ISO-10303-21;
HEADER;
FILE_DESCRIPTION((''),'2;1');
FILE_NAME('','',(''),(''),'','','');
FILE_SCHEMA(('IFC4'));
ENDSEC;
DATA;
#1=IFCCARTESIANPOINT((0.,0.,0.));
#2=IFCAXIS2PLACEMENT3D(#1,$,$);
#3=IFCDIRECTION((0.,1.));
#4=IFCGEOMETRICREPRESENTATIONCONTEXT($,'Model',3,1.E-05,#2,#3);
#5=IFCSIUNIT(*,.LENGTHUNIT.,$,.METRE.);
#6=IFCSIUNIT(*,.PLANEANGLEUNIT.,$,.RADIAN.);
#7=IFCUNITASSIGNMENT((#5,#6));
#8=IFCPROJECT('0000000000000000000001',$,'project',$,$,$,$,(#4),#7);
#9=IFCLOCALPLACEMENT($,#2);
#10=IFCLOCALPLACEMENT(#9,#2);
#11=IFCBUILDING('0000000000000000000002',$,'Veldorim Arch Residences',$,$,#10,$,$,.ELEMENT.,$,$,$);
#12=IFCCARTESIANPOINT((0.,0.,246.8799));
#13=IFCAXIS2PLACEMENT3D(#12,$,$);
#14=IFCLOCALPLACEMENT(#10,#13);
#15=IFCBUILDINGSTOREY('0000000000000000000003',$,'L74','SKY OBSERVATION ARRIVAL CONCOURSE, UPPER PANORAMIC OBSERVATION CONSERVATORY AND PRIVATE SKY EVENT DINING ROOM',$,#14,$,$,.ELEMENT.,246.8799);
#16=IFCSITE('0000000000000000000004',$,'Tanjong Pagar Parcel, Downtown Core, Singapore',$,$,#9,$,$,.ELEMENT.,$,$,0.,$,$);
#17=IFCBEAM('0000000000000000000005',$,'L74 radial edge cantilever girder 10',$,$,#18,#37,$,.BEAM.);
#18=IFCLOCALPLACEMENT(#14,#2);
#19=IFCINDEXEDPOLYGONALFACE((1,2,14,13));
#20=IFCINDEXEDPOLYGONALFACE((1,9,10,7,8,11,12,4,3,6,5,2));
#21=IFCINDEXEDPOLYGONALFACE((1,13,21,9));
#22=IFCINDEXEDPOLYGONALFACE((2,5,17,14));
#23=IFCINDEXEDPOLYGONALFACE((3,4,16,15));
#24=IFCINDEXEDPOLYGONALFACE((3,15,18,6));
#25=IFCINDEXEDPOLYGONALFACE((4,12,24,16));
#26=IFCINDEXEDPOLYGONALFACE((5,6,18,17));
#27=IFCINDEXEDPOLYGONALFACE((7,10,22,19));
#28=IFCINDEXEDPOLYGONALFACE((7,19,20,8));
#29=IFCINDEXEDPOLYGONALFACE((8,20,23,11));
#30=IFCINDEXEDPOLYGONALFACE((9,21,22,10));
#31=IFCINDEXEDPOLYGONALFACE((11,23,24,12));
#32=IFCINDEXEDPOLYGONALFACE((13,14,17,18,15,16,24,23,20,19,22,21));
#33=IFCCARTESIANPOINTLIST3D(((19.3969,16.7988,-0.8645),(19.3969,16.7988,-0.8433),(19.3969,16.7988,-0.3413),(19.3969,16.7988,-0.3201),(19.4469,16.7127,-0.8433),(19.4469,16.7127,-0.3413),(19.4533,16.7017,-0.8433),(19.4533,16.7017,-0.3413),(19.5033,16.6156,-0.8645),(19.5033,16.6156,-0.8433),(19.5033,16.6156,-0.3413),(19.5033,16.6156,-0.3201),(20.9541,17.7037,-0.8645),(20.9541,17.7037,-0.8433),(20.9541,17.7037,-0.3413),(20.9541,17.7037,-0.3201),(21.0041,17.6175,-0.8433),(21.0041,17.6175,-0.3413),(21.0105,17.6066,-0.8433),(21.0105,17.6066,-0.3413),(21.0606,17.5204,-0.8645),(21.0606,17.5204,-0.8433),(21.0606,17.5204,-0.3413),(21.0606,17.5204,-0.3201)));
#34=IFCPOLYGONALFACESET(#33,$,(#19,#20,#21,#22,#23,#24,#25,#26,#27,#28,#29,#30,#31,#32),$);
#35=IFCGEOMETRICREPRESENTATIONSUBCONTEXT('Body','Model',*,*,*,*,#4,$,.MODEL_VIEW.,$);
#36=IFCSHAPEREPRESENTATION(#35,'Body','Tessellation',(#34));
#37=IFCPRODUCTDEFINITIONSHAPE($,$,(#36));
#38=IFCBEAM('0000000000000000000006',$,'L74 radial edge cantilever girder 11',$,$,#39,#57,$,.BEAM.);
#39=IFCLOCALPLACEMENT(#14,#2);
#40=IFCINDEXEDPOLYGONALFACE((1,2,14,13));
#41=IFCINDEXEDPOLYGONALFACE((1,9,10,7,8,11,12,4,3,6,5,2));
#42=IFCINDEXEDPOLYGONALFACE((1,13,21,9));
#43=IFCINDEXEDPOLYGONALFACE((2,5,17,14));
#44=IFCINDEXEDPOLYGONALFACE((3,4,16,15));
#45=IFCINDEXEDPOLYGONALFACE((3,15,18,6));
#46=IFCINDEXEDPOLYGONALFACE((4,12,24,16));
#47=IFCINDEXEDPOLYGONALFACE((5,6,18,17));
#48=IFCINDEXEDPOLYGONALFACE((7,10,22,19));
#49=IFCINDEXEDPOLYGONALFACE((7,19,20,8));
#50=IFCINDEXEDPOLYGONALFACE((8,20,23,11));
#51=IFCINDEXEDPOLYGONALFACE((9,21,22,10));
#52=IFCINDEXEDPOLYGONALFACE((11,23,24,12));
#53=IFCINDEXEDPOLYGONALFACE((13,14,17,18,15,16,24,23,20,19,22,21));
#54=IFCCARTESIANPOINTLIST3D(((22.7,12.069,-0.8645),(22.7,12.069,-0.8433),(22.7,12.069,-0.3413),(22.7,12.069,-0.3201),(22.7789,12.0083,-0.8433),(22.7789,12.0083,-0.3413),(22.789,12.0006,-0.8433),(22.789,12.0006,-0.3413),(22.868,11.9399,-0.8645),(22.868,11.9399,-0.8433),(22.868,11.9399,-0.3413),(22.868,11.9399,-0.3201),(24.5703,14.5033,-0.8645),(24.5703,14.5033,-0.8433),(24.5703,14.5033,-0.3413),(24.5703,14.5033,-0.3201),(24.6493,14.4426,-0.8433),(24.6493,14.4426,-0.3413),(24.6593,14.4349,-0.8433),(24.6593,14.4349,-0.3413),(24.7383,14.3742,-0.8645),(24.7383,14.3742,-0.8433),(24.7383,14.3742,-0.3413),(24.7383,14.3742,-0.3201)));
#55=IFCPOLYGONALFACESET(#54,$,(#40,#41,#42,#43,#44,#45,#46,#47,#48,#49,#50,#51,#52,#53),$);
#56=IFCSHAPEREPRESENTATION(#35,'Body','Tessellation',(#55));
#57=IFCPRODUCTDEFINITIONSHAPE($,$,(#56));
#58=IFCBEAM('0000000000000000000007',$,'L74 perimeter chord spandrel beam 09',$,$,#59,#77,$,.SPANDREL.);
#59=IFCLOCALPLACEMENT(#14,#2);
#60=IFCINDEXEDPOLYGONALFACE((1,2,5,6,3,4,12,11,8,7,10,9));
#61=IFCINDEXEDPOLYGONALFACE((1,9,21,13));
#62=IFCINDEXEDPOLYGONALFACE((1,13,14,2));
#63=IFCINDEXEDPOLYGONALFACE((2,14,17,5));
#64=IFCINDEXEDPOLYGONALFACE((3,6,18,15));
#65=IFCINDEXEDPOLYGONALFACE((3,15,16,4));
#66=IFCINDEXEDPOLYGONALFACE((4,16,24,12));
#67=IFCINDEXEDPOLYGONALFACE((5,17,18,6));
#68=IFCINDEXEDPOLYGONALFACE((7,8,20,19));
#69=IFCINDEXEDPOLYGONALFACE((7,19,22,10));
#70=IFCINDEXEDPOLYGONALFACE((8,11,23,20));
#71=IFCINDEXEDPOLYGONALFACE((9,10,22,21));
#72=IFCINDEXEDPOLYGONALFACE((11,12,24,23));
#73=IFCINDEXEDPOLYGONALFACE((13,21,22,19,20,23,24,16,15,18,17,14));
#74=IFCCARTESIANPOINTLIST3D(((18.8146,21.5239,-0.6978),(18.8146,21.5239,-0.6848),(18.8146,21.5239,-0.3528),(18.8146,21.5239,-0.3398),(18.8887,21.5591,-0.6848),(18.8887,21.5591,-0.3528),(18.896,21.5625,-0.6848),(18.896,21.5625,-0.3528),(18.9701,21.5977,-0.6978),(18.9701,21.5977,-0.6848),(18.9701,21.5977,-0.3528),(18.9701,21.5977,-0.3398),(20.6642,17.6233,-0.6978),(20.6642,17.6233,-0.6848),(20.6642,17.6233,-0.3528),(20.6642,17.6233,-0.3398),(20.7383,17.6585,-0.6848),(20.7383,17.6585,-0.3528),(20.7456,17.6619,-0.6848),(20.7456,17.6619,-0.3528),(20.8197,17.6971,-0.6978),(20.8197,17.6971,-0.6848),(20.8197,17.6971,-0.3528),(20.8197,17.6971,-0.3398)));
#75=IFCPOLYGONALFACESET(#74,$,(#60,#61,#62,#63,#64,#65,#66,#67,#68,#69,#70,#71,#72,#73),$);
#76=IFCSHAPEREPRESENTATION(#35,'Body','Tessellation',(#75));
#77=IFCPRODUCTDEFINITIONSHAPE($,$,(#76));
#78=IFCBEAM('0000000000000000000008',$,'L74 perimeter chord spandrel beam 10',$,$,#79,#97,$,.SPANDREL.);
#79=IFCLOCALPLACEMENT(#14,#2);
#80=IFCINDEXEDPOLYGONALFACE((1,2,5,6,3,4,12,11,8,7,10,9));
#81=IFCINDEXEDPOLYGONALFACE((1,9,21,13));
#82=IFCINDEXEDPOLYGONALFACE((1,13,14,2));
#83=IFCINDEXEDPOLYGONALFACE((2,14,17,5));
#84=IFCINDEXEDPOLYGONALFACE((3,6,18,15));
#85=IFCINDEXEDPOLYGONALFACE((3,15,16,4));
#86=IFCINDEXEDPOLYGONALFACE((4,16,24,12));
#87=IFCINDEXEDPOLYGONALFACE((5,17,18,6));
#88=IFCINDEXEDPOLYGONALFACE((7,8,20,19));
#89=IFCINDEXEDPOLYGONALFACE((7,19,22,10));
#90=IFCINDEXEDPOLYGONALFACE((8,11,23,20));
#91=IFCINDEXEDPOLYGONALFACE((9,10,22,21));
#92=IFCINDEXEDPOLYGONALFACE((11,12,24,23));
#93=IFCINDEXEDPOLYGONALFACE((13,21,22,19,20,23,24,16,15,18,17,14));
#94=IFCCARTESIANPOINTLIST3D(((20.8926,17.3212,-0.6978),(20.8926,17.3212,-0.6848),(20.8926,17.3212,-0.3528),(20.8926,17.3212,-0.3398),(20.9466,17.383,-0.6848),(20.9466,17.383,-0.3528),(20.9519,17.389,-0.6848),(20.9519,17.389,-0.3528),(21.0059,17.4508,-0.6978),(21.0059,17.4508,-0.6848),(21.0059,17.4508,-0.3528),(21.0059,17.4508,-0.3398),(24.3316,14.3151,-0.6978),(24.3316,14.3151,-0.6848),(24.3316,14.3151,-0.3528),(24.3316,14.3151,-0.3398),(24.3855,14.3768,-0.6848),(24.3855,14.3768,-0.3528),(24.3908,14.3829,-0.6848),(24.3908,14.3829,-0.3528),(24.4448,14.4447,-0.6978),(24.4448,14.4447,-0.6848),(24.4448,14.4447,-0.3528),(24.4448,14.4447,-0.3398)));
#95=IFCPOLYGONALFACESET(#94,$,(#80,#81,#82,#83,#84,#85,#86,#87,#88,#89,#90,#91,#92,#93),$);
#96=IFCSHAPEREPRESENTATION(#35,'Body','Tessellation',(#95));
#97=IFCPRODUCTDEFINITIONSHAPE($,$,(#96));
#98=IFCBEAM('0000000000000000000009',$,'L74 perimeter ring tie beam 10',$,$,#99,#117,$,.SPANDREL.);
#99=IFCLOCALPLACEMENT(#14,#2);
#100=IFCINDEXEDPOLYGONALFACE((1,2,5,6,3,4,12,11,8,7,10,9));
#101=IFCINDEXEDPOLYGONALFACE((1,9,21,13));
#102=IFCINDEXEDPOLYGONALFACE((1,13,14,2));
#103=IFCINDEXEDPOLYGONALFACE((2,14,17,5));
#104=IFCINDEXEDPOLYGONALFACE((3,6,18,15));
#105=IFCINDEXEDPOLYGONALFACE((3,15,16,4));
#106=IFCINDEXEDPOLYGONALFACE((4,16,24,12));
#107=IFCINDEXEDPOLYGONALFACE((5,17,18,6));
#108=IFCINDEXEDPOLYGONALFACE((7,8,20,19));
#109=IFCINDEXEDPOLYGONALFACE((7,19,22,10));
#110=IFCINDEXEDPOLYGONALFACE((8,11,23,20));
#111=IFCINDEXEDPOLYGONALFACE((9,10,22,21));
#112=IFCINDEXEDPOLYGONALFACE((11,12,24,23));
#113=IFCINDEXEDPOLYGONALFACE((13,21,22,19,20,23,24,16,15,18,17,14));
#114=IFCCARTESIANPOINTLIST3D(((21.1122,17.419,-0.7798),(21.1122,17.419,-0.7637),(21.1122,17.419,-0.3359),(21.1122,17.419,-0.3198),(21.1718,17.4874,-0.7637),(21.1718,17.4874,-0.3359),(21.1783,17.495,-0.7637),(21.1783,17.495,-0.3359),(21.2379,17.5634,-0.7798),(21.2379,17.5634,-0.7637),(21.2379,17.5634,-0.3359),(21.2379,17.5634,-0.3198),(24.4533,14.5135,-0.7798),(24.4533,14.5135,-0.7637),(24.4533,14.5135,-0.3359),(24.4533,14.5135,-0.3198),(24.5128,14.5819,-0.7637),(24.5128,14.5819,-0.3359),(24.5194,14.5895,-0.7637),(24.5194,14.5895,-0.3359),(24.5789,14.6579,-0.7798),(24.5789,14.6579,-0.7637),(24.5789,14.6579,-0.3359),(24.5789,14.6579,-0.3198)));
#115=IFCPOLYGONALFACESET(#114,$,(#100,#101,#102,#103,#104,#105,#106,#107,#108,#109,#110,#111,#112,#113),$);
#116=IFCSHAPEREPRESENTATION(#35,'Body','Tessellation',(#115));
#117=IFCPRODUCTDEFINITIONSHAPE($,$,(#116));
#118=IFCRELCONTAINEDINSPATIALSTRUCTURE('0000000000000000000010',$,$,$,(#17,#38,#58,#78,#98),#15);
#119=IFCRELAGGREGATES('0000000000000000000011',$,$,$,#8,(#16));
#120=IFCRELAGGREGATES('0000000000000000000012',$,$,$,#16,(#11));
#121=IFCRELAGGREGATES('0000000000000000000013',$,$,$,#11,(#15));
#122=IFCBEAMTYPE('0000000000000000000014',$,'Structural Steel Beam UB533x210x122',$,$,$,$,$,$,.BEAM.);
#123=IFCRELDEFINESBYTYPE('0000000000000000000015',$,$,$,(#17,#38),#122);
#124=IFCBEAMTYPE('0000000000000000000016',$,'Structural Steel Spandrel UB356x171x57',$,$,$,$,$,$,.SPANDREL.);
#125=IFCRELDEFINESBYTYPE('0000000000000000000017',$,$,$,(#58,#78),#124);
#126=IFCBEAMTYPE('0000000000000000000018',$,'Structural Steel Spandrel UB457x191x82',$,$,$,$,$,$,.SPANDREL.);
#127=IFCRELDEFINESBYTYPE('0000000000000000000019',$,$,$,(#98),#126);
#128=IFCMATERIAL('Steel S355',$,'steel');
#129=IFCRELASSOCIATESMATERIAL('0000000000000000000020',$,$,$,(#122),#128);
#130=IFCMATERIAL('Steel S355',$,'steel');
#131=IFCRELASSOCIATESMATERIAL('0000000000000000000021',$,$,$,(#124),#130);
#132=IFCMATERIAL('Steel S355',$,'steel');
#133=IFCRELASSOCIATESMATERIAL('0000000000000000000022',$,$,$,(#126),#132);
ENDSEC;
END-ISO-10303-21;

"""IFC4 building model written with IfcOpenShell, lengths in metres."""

from ifc_helpers import new_model, si_unit, direction, frame, origin, origin_2d, place, context, subcontext, project, spatial, i_section, extrude, material, material_profile, profile_set, type_object, element, save


model = new_model("IFC4")

# Units and contexts
model_context = context("Model", 3, precision=1e-05, world=origin(), true_north=direction((0.0, 1.0)))
body_context = subcontext(model_context, "Body", "Model", "MODEL_VIEW")
ifc_project = project(units=[si_unit("LENGTHUNIT", "METRE"), si_unit("PLANEANGLEUNIT", "RADIAN")], contexts=[model_context])

# Site, building, storey
site_placement = place(None, origin())
site = spatial("IfcSite", under=ifc_project, at=site_placement, Name="Tanjong Pagar Parcel, Downtown Core, Singapore", CompositionType="ELEMENT", RefElevation=0.0)
building_placement = place(site_placement, origin())
building = spatial("IfcBuilding", under=site, at=building_placement, Name="Veldorim Arch Residences", CompositionType="ELEMENT")
storey_placement = place(building_placement, frame((0.0, 0.0, 246.8799)))
storey = spatial("IfcBuildingStorey", under=building, at=storey_placement, Name="L74", Description="SKY OBSERVATION ARRIVAL CONCOURSE, UPPER PANORAMIC OBSERVATION CONSERVATORY AND PRIVATE SKY EVENT DINING ROOM", CompositionType="ELEMENT", Elevation=246.8799)

# Beams
ifc_material_1 = material(Name="Steel S355", Category="steel")
ifc_material_profile_1 = material_profile(ifc_material_1, i_section(OverallWidth=0.2119, OverallDepth=0.5444, WebThickness=0.0127, FlangeThickness=0.0212, at=origin_2d()), Name="UB533x210x122")
ifc_profile_set_1 = profile_set([ifc_material_profile_1], Name="Steel S355")
beam_type_1 = type_object("IfcBeamType", Name="Structural Steel Beam UB533x210x122", PredefinedType="BEAM", material=ifc_profile_set_1)
beam_1_placement = place(storey_placement, frame((21.0073, 17.6121, -0.5923), z_axis=(-0.864633, -0.502404, 0.0), x_axis=(0.502404, -0.864633, 0.0)))
element("IfcBeam", 1, at=beam_1_placement, inside=storey, type_object=beam_type_1, Name="L74 radial edge cantilever girder 10", PredefinedType="BEAM", context=body_context, shape_type="SweptSolid", body=[
    extrude(i_section(OverallWidth=0.2119, OverallDepth=0.5444, WebThickness=0.0127, FlangeThickness=0.0212, at=origin_2d()), origin(), (0.0, 0.0, 1.0), 1.801),
])
beam_2_placement = place(storey_placement, frame((24.6543, 14.4387, -0.5923), z_axis=(-0.609261, -0.79297, 0.0), x_axis=(0.79297, -0.609261, 0.0)))
element("IfcBeam", 2, at=beam_2_placement, inside=storey, type_object=beam_type_1, Name="L74 radial edge cantilever girder 11", PredefinedType="BEAM", context=body_context, shape_type="SweptSolid", body=[
    extrude(i_section(OverallWidth=0.2119, OverallDepth=0.5444, WebThickness=0.0127, FlangeThickness=0.0212, at=origin_2d()), origin(), (0.0, 0.0, 1.0), 3.0698),
])
ifc_material_2 = material(Name="Steel S355", Category="steel")
ifc_material_profile_2 = material_profile(ifc_material_2, i_section(OverallWidth=0.1721, OverallDepth=0.3579, WebThickness=0.0081, FlangeThickness=0.0129, at=origin_2d()), Name="UB356x171x57")
ifc_profile_set_2 = profile_set([ifc_material_profile_2], Name="Steel S355")
beam_type_2 = type_object("IfcBeamType", Name="Structural Steel Spandrel UB356x171x57", PredefinedType="SPANDREL", material=ifc_profile_set_2)
beam_3_placement = place(storey_placement, frame((18.8923, 21.5608, -0.5188), z_axis=(0.428453, -0.903564, 0.0), x_axis=(0.903564, 0.428453, 0.0)))
element("IfcBeam", 3, at=beam_3_placement, inside=storey, type_object=beam_type_2, Name="L74 perimeter chord spandrel beam 09", PredefinedType="SPANDREL", context=body_context, shape_type="SweptSolid", body=[
    extrude(i_section(OverallWidth=0.1721, OverallDepth=0.3579, WebThickness=0.0081, FlangeThickness=0.0129, at=origin_2d()), origin(), (0.0, 0.0, 1.0), 4.3169),
])
beam_4_placement = place(storey_placement, frame((20.9492, 17.386, -0.5188), z_axis=(0.752901, -0.658134, 0.0), x_axis=(0.658134, 0.752901, 0.0)))
element("IfcBeam", 4, at=beam_4_placement, inside=storey, type_object=beam_type_2, Name="L74 perimeter chord spandrel beam 10", PredefinedType="SPANDREL", context=body_context, shape_type="SweptSolid", body=[
    extrude(i_section(OverallWidth=0.1721, OverallDepth=0.3579, WebThickness=0.0081, FlangeThickness=0.0129, at=origin_2d()), origin(), (0.0, 0.0, 1.0), 4.5676),
])
ifc_material_3 = material(Name="Steel S355", Category="steel")
ifc_material_profile_3 = material_profile(ifc_material_3, i_section(OverallWidth=0.1914, OverallDepth=0.46, WebThickness=0.01, FlangeThickness=0.0161, at=origin_2d()), Name="UB457x191x82")
ifc_profile_set_3 = profile_set([ifc_material_profile_3], Name="Steel S355")
beam_type_3 = type_object("IfcBeamType", Name="Structural Steel Spandrel UB457x191x82", PredefinedType="SPANDREL", material=ifc_profile_set_3)
beam_5_placement = place(storey_placement, frame((21.175, 17.4912, -0.5498), z_axis=(0.754578, -0.65621, 0.0), x_axis=(0.65621, 0.754578, 0.0)))
element("IfcBeam", 5, at=beam_5_placement, inside=storey, type_object=beam_type_3, Name="L74 perimeter ring tie beam 10", PredefinedType="SPANDREL", context=body_context, shape_type="SweptSolid", body=[
    extrude(i_section(OverallWidth=0.1914, OverallDepth=0.46, WebThickness=0.01, FlangeThickness=0.0161, at=origin_2d()), origin(), (0.0, 0.0, 1.0), 4.4277),
])

save(model, "model.ifc")
